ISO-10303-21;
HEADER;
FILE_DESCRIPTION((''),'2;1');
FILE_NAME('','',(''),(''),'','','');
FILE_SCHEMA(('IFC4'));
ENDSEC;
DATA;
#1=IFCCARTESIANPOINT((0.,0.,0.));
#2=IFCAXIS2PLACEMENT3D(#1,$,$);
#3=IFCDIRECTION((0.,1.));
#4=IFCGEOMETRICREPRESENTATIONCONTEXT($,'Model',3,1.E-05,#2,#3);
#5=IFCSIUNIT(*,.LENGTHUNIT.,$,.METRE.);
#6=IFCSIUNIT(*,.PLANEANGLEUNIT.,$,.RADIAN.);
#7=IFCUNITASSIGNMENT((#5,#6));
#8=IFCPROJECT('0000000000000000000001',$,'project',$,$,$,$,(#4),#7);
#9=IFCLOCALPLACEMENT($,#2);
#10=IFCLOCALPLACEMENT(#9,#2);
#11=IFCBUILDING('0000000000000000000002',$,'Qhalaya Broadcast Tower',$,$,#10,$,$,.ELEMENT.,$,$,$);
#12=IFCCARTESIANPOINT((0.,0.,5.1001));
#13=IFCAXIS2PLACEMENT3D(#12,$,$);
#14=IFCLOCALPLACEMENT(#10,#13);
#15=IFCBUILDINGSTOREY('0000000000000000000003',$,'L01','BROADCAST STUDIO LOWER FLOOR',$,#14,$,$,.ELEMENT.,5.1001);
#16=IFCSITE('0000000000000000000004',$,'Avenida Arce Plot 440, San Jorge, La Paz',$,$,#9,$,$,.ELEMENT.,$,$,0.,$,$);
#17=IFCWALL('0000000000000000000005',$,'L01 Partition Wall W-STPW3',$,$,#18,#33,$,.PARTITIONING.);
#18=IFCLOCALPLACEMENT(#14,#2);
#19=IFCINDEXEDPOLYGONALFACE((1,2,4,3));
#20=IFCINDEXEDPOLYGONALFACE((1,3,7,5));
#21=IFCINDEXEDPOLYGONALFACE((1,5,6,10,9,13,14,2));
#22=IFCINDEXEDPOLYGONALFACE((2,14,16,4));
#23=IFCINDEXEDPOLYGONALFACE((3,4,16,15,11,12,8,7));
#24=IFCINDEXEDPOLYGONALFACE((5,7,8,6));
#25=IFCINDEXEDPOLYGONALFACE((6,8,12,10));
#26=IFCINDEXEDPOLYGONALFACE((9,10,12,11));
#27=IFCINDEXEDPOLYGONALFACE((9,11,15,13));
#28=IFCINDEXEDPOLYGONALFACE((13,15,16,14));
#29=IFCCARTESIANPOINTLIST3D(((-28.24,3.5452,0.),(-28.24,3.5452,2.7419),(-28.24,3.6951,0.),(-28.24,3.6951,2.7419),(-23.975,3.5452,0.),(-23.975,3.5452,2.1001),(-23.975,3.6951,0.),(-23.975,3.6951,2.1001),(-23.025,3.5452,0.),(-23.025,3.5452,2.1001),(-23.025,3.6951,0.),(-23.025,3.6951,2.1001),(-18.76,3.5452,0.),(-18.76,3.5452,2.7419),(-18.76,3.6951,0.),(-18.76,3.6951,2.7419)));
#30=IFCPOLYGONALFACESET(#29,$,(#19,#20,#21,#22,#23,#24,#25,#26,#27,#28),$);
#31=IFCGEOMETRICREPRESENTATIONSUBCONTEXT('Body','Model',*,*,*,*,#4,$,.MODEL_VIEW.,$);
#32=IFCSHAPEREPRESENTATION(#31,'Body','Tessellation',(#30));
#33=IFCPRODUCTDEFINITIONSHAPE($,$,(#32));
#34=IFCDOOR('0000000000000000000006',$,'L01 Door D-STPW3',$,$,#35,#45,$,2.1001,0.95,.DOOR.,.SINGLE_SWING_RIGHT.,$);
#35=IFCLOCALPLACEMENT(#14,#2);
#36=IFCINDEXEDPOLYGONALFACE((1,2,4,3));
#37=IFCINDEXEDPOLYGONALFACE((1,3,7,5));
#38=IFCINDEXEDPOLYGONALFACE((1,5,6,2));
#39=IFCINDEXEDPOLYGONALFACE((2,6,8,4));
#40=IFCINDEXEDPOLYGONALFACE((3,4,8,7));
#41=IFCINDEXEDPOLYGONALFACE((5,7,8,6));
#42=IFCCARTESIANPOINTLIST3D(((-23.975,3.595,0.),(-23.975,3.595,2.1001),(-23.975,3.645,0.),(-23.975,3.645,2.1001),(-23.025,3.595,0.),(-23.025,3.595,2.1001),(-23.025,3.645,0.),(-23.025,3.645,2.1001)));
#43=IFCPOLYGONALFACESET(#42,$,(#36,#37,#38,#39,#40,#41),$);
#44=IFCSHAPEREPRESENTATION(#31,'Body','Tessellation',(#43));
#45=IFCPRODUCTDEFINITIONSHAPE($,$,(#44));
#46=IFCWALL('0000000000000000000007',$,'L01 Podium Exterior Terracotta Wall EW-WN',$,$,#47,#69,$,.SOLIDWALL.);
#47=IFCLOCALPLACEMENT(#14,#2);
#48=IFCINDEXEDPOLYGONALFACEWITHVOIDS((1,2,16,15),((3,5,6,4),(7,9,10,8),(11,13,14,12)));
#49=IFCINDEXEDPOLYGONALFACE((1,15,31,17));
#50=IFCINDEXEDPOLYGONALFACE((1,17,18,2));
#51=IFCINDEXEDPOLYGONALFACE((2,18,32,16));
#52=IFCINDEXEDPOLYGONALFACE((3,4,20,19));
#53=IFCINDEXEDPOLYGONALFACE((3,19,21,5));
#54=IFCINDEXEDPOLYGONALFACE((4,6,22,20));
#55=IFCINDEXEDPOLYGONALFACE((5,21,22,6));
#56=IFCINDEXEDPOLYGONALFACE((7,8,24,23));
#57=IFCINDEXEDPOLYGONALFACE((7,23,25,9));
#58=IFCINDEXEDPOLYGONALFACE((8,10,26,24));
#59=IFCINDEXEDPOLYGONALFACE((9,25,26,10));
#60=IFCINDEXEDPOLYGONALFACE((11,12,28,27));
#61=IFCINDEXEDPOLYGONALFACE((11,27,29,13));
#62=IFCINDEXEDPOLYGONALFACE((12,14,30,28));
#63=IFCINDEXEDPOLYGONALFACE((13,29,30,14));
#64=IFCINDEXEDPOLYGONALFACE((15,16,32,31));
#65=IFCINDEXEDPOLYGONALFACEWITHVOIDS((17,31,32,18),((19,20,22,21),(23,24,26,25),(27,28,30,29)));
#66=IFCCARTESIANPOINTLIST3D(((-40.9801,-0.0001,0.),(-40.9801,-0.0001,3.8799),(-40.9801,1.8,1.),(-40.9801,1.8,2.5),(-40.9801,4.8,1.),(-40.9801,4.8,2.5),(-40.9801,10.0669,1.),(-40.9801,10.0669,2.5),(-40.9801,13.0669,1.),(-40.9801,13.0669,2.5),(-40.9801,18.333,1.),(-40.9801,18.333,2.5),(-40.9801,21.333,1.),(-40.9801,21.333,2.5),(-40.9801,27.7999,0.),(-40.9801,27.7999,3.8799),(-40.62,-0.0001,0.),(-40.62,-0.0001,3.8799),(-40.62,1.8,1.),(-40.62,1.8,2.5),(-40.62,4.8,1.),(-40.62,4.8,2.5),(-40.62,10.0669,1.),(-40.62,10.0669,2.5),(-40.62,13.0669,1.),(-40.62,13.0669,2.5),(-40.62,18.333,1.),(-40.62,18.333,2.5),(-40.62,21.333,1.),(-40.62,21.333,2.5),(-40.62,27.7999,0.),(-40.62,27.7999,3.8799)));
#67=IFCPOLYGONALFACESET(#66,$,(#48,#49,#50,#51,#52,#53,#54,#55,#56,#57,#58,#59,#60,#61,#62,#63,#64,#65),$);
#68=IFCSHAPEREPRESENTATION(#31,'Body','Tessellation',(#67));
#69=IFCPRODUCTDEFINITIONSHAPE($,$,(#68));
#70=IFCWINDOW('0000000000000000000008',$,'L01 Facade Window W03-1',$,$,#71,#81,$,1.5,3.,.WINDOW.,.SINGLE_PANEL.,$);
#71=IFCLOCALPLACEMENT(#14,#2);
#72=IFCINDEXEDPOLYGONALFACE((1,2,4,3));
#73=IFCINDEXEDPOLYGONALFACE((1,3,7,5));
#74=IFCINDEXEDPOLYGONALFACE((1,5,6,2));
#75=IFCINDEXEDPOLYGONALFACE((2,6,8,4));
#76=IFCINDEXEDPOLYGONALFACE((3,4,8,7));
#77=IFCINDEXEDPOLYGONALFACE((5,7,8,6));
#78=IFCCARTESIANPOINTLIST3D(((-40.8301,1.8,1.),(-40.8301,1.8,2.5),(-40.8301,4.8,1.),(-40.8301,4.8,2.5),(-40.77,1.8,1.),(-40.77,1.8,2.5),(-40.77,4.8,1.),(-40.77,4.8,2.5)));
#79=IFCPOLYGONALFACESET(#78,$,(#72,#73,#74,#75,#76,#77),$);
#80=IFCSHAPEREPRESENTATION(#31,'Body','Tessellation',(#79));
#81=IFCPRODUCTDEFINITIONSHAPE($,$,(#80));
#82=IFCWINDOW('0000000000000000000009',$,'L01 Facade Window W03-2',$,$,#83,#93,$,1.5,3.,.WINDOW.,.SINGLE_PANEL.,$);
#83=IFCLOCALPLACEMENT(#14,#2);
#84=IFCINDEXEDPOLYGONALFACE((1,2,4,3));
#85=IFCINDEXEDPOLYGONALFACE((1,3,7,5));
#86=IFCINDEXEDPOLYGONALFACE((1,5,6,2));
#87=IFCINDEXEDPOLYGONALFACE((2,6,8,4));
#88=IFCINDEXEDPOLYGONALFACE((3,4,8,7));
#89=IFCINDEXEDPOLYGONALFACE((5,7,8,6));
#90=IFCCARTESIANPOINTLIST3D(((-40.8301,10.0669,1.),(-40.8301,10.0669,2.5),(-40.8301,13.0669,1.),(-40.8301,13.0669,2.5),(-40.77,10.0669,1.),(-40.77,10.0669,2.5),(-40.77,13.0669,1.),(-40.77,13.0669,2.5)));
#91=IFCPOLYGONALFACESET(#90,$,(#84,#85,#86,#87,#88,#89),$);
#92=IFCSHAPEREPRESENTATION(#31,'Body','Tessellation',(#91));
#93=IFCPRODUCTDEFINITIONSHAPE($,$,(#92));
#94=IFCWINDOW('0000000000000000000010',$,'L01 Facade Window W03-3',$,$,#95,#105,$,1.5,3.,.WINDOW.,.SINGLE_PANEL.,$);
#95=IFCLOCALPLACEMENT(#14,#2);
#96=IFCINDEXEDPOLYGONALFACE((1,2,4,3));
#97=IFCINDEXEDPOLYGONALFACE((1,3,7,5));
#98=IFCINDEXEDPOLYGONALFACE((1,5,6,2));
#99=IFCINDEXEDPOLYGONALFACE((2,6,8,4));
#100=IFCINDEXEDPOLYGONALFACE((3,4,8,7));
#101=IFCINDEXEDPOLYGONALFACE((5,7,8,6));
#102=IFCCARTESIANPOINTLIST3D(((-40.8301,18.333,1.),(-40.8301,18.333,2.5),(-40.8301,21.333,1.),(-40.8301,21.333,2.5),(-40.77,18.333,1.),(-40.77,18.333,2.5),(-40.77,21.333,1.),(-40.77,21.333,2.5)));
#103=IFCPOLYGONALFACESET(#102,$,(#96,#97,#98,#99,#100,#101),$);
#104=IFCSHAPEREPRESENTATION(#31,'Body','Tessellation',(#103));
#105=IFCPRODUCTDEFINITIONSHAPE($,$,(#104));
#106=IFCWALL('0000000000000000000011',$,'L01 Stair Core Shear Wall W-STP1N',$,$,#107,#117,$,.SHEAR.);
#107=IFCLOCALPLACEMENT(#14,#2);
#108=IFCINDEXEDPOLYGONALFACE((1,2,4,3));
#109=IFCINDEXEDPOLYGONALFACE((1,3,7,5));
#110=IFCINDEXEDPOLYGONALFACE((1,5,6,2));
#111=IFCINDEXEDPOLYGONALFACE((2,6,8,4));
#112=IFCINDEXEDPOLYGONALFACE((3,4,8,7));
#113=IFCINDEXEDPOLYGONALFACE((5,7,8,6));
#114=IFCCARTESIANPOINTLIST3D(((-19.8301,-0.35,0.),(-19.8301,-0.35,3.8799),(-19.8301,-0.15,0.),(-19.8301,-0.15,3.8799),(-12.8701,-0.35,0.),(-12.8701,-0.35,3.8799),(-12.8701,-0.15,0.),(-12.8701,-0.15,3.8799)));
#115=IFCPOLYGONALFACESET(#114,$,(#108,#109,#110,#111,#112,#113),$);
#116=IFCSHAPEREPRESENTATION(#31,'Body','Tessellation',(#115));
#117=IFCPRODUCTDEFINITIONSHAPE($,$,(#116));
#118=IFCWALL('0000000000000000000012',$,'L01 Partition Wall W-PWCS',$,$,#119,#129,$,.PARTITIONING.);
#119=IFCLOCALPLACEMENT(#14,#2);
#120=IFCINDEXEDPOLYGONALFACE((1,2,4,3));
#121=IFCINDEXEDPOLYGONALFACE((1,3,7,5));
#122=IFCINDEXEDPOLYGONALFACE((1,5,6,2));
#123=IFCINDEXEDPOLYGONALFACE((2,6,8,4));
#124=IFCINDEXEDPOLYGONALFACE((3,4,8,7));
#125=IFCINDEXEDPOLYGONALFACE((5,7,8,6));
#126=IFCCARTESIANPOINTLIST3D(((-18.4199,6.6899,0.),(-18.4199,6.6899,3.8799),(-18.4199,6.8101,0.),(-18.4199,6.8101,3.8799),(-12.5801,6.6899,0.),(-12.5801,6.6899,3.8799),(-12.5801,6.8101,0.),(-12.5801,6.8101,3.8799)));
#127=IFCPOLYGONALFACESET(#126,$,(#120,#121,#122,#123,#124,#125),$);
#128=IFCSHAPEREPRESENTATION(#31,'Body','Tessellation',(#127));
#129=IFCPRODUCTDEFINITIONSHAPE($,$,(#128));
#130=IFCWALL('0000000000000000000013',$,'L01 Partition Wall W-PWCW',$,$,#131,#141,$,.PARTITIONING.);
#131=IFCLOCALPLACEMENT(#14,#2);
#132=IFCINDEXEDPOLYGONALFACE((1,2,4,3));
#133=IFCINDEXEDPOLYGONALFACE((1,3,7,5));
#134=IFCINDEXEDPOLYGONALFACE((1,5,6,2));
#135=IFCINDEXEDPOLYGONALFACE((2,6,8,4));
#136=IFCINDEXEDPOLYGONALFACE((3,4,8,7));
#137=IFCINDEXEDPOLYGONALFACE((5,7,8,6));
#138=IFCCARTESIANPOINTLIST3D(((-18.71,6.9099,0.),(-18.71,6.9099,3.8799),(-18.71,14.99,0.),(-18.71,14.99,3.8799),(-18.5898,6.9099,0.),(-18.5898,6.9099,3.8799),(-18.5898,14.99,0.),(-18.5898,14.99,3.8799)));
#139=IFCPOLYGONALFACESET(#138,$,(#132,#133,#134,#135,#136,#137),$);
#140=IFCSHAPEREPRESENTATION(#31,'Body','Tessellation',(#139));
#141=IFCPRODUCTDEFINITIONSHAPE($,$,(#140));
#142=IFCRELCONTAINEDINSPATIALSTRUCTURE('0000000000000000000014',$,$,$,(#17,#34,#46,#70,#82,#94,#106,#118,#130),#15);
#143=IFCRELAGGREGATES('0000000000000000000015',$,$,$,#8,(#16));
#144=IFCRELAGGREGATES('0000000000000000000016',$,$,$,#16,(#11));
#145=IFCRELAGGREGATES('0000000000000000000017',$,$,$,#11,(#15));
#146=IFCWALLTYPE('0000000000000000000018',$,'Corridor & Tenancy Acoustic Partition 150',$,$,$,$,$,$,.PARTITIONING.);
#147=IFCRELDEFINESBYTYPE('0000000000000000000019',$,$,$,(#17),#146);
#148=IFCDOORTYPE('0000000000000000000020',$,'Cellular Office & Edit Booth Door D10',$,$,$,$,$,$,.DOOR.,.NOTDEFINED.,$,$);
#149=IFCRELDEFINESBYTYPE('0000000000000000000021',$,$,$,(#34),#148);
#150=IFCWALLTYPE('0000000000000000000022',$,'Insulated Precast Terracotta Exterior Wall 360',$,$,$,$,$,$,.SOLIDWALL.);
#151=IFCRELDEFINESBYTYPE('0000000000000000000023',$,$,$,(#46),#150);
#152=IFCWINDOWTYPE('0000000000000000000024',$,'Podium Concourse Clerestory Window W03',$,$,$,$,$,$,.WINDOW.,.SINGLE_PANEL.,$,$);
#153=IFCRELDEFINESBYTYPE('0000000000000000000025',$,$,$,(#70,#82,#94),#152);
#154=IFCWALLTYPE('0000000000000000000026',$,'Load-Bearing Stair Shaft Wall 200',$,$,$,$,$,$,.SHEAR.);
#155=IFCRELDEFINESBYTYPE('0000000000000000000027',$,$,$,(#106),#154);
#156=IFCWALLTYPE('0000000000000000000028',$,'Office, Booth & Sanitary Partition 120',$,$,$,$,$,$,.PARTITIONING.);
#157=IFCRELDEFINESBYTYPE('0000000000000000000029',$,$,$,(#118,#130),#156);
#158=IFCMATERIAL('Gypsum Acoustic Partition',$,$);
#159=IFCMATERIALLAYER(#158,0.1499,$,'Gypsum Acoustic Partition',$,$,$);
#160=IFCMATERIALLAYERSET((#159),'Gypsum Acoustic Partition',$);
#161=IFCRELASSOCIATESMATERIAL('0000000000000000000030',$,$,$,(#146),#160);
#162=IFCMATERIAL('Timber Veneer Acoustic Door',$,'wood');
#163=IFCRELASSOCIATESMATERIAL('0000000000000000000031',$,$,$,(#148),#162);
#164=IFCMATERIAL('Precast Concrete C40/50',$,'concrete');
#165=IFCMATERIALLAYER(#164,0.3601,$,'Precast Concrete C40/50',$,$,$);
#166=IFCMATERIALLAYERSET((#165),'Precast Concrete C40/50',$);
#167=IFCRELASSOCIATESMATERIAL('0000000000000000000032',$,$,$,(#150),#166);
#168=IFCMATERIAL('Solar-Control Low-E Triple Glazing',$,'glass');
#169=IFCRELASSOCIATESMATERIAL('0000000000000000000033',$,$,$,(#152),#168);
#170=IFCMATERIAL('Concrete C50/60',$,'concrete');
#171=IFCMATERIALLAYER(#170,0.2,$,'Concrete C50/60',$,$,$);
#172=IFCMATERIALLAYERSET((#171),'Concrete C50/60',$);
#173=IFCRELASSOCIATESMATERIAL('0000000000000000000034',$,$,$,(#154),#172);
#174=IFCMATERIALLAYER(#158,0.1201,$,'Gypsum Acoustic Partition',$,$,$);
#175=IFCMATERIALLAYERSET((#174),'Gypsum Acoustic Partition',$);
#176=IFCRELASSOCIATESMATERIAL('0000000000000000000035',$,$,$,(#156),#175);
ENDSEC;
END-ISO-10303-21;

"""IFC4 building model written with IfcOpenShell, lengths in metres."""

from ifc_helpers import new_model, si_unit, direction, frame, frame_2d, origin, place, context, subcontext, project, spatial, rectangle, extrude, material, layer, layer_set, type_object, element, fill, save


model = new_model("IFC4")

# Units and contexts
model_context = context("Model", 3, precision=1e-05, world=origin(), true_north=direction((0.0, 1.0)))
body_context = subcontext(model_context, "Body", "Model", "MODEL_VIEW")
ifc_project = project(units=[si_unit("LENGTHUNIT", "METRE"), si_unit("PLANEANGLEUNIT", "RADIAN")], contexts=[model_context])

# Site, building, storey
site_placement = place(None, origin())
site = spatial("IfcSite", under=ifc_project, at=site_placement, Name="Avenida Arce Plot 440, San Jorge, La Paz", CompositionType="ELEMENT", RefElevation=0.0)
building_placement = place(site_placement, origin())
building = spatial("IfcBuilding", under=site, at=building_placement, Name="Qhalaya Broadcast Tower", CompositionType="ELEMENT")
storey_placement = place(building_placement, frame((0.0, 0.0, 5.1001)))
storey = spatial("IfcBuildingStorey", under=building, at=storey_placement, Name="L01", Description="BROADCAST STUDIO LOWER FLOOR", CompositionType="ELEMENT", Elevation=5.1001)

# Wall, opening, door
ifc_material_1 = material(Name="Gypsum Acoustic Partition")
ifc_layer_1 = layer(ifc_material_1, 0.1499, Name="Gypsum Acoustic Partition")
ifc_layer_set_1 = layer_set([ifc_layer_1], Name="Gypsum Acoustic Partition")
wall_type_1 = type_object("IfcWallType", Name="Corridor & Tenancy Acoustic Partition 150", PredefinedType="PARTITIONING", material=ifc_layer_set_1)
wall_1_placement = place(storey_placement, frame((-28.24, 3.6201, 0.0), z_axis=(0.0, 0.0, 1.0), x_axis=(1.0, 0.0, 0.0)))
wall_1 = element("IfcWall", 1, at=wall_1_placement, inside=storey, type_object=wall_type_1, Name="L01 Partition Wall W-STPW3", PredefinedType="PARTITIONING", context=body_context, shape_type="SweptSolid", body=[
    extrude(rectangle(XDim=9.48, YDim=0.1499, at=frame_2d((4.74, 0.0))), origin(), (0.0, 0.0, 1.0), 2.7419),
])
opening_1_placement = place(wall_1_placement, frame((4.2649, 0.0, 0.0)))
opening_1 = element("IfcOpeningElement", 2, at=opening_1_placement, cuts=wall_1, PredefinedType="OPENING", context=body_context, shape_type="SweptSolid", body=[
    extrude(rectangle(XDim=0.95, YDim=2.1001, at=frame_2d((0.4751, 1.05))), frame((0.0, 0.0869, 0.0), z_axis=(0.0, -1.0, 0.0), x_axis=(1.0, 0.0, 0.0)), (0.0, 0.0, 1.0), 0.1738),
])
ifc_material_2 = material(Name="Timber Veneer Acoustic Door", Category="wood")
door_type_1 = type_object("IfcDoorType", Name="Cellular Office & Edit Booth Door D10", OperationType="NOTDEFINED", PredefinedType="DOOR", material=ifc_material_2)
door_1_placement = place(opening_1_placement, origin())
door_1 = element("IfcDoor", 3, at=door_1_placement, inside=storey, type_object=door_type_1, Name="L01 Door D-STPW3", OperationType="SINGLE_SWING_RIGHT", OverallHeight=2.1001, OverallWidth=0.95, PredefinedType="DOOR", context=body_context, shape_type="SweptSolid", body=[
    extrude(rectangle(XDim=0.95, YDim=2.1001, at=frame_2d((0.4751, 1.05))), frame((0.0, 0.0249, 0.0), z_axis=(0.0, -1.0, 0.0), x_axis=(1.0, 0.0, 0.0)), (0.0, 0.0, 1.0), 0.05),
])
fill(opening_1, door_1)

# Wall, openings, windows
ifc_material_3 = material(Name="Precast Concrete C40/50", Category="concrete")
ifc_layer_2 = layer(ifc_material_3, 0.3601, Name="Precast Concrete C40/50")
ifc_layer_set_2 = layer_set([ifc_layer_2], Name="Precast Concrete C40/50")
wall_type_2 = type_object("IfcWallType", Name="Insulated Precast Terracotta Exterior Wall 360", PredefinedType="SOLIDWALL", material=ifc_layer_set_2)
wall_2_placement = place(storey_placement, frame((-40.8, 0.0, 0.0), z_axis=(0.0, 0.0, 1.0), x_axis=(0.0, 1.0, 0.0)))
wall_2 = element("IfcWall", 4, at=wall_2_placement, inside=storey, type_object=wall_type_2, Name="L01 Podium Exterior Terracotta Wall EW-WN", PredefinedType="SOLIDWALL", context=body_context, shape_type="SweptSolid", body=[
    extrude(rectangle(XDim=27.8, YDim=0.3601, at=frame_2d((13.8999, 0.0))), origin(), (0.0, 0.0, 1.0), 3.8799),
])
opening_2_placement = place(wall_2_placement, frame((1.8, 0.0, 1.0)))
opening_2 = element("IfcOpeningElement", 5, at=opening_2_placement, cuts=wall_2, PredefinedType="OPENING", context=body_context, shape_type="SweptSolid", body=[
    extrude(rectangle(XDim=3.0, YDim=1.5, at=frame_2d((1.5, 0.75))), frame((0.0, 0.1921, 0.0), z_axis=(0.0, -1.0, 0.0), x_axis=(1.0, 0.0, 0.0)), (0.0, 0.0, 1.0), 0.384),
])
opening_3_placement = place(wall_2_placement, frame((10.0669, 0.0, 1.0)))
opening_3 = element("IfcOpeningElement", 6, at=opening_3_placement, cuts=wall_2, PredefinedType="OPENING", context=body_context, shape_type="SweptSolid", body=[
    extrude(rectangle(XDim=3.0, YDim=1.5, at=frame_2d((1.5, 0.75))), frame((0.0, 0.1921, 0.0), z_axis=(0.0, -1.0, 0.0), x_axis=(1.0, 0.0, 0.0)), (0.0, 0.0, 1.0), 0.384),
])
opening_4_placement = place(wall_2_placement, frame((18.333, 0.0, 1.0)))
opening_4 = element("IfcOpeningElement", 7, at=opening_4_placement, cuts=wall_2, PredefinedType="OPENING", context=body_context, shape_type="SweptSolid", body=[
    extrude(rectangle(XDim=3.0, YDim=1.5, at=frame_2d((1.5, 0.75))), frame((0.0, 0.1921, 0.0), z_axis=(0.0, -1.0, 0.0), x_axis=(1.0, 0.0, 0.0)), (0.0, 0.0, 1.0), 0.384),
])
ifc_material_4 = material(Name="Solar-Control Low-E Triple Glazing", Category="glass")
window_type = type_object("IfcWindowType", Name="Podium Concourse Clerestory Window W03", PartitioningType="SINGLE_PANEL", PredefinedType="WINDOW", material=ifc_material_4)
window_1_placement = place(opening_2_placement, origin())
window_1 = element("IfcWindow", 8, at=window_1_placement, inside=storey, type_object=window_type, Name="L01 Facade Window W03-1", OverallHeight=1.5, OverallWidth=3.0, PartitioningType="SINGLE_PANEL", PredefinedType="WINDOW", context=body_context, shape_type="SweptSolid", body=[
    extrude(rectangle(XDim=3.0, YDim=1.5, at=frame_2d((1.5, 0.75))), frame((0.0, 0.03, 0.0), z_axis=(0.0, -1.0, 0.0), x_axis=(1.0, 0.0, 0.0)), (0.0, 0.0, 1.0), 0.0601),
])
fill(opening_2, window_1)
window_2_placement = place(opening_3_placement, origin())
window_2 = element("IfcWindow", 9, at=window_2_placement, inside=storey, type_object=window_type, Name="L01 Facade Window W03-2", OverallHeight=1.5, OverallWidth=3.0, PartitioningType="SINGLE_PANEL", PredefinedType="WINDOW", context=body_context, shape_type="SweptSolid", body=[
    extrude(rectangle(XDim=3.0, YDim=1.5, at=frame_2d((1.5, 0.75))), frame((0.0, 0.03, 0.0), z_axis=(0.0, -1.0, 0.0), x_axis=(1.0, 0.0, 0.0)), (0.0, 0.0, 1.0), 0.0601),
])
fill(opening_3, window_2)
window_3_placement = place(opening_4_placement, origin())
window_3 = element("IfcWindow", 10, at=window_3_placement, inside=storey, type_object=window_type, Name="L01 Facade Window W03-3", OverallHeight=1.5, OverallWidth=3.0, PartitioningType="SINGLE_PANEL", PredefinedType="WINDOW", context=body_context, shape_type="SweptSolid", body=[
    extrude(rectangle(XDim=3.0, YDim=1.5, at=frame_2d((1.5, 0.75))), frame((0.0, 0.03, 0.0), z_axis=(0.0, -1.0, 0.0), x_axis=(1.0, 0.0, 0.0)), (0.0, 0.0, 1.0), 0.0601),
])
fill(opening_4, window_3)

# Walls
ifc_material_5 = material(Name="Concrete C50/60", Category="concrete")
ifc_layer_3 = layer(ifc_material_5, 0.2, Name="Concrete C50/60")
ifc_layer_set_3 = layer_set([ifc_layer_3], Name="Concrete C50/60")
wall_type_3 = type_object("IfcWallType", Name="Load-Bearing Stair Shaft Wall 200", PredefinedType="SHEAR", material=ifc_layer_set_3)
wall_3_placement = place(storey_placement, frame((-19.8301, -0.25, 0.0), z_axis=(0.0, 0.0, 1.0), x_axis=(1.0, 0.0, 0.0)))
element("IfcWall", 11, at=wall_3_placement, inside=storey, type_object=wall_type_3, Name="L01 Stair Core Shear Wall W-STP1N", PredefinedType="SHEAR", context=body_context, shape_type="SweptSolid", body=[
    extrude(rectangle(XDim=6.96, YDim=0.2, at=frame_2d((3.48, 0.0))), origin(), (0.0, 0.0, 1.0), 3.8799),
])
ifc_layer_4 = layer(ifc_material_1, 0.1201, Name="Gypsum Acoustic Partition")
ifc_layer_set_4 = layer_set([ifc_layer_4], Name="Gypsum Acoustic Partition")
wall_type_4 = type_object("IfcWallType", Name="Office, Booth & Sanitary Partition 120", PredefinedType="PARTITIONING", material=ifc_layer_set_4)
wall_4_placement = place(storey_placement, frame((-18.4199, 6.75, 0.0), z_axis=(0.0, 0.0, 1.0), x_axis=(1.0, 0.0, 0.0)))
element("IfcWall", 12, at=wall_4_placement, inside=storey, type_object=wall_type_4, Name="L01 Partition Wall W-PWCS", PredefinedType="PARTITIONING", context=body_context, shape_type="SweptSolid", body=[
    extrude(rectangle(XDim=5.8398, YDim=0.1201, at=frame_2d((2.9199, 0.0))), origin(), (0.0, 0.0, 1.0), 3.8799),
])
wall_5_placement = place(storey_placement, frame((-18.6499, 6.9099, 0.0), z_axis=(0.0, 0.0, 1.0), x_axis=(0.0, 1.0, 0.0)))
element("IfcWall", 13, at=wall_5_placement, inside=storey, type_object=wall_type_4, Name="L01 Partition Wall W-PWCW", PredefinedType="PARTITIONING", context=body_context, shape_type="SweptSolid", body=[
    extrude(rectangle(XDim=8.0801, YDim=0.1201, at=frame_2d((4.04, 0.0))), origin(), (0.0, 0.0, 1.0), 3.8799),
])

save(model, "model.ifc")
